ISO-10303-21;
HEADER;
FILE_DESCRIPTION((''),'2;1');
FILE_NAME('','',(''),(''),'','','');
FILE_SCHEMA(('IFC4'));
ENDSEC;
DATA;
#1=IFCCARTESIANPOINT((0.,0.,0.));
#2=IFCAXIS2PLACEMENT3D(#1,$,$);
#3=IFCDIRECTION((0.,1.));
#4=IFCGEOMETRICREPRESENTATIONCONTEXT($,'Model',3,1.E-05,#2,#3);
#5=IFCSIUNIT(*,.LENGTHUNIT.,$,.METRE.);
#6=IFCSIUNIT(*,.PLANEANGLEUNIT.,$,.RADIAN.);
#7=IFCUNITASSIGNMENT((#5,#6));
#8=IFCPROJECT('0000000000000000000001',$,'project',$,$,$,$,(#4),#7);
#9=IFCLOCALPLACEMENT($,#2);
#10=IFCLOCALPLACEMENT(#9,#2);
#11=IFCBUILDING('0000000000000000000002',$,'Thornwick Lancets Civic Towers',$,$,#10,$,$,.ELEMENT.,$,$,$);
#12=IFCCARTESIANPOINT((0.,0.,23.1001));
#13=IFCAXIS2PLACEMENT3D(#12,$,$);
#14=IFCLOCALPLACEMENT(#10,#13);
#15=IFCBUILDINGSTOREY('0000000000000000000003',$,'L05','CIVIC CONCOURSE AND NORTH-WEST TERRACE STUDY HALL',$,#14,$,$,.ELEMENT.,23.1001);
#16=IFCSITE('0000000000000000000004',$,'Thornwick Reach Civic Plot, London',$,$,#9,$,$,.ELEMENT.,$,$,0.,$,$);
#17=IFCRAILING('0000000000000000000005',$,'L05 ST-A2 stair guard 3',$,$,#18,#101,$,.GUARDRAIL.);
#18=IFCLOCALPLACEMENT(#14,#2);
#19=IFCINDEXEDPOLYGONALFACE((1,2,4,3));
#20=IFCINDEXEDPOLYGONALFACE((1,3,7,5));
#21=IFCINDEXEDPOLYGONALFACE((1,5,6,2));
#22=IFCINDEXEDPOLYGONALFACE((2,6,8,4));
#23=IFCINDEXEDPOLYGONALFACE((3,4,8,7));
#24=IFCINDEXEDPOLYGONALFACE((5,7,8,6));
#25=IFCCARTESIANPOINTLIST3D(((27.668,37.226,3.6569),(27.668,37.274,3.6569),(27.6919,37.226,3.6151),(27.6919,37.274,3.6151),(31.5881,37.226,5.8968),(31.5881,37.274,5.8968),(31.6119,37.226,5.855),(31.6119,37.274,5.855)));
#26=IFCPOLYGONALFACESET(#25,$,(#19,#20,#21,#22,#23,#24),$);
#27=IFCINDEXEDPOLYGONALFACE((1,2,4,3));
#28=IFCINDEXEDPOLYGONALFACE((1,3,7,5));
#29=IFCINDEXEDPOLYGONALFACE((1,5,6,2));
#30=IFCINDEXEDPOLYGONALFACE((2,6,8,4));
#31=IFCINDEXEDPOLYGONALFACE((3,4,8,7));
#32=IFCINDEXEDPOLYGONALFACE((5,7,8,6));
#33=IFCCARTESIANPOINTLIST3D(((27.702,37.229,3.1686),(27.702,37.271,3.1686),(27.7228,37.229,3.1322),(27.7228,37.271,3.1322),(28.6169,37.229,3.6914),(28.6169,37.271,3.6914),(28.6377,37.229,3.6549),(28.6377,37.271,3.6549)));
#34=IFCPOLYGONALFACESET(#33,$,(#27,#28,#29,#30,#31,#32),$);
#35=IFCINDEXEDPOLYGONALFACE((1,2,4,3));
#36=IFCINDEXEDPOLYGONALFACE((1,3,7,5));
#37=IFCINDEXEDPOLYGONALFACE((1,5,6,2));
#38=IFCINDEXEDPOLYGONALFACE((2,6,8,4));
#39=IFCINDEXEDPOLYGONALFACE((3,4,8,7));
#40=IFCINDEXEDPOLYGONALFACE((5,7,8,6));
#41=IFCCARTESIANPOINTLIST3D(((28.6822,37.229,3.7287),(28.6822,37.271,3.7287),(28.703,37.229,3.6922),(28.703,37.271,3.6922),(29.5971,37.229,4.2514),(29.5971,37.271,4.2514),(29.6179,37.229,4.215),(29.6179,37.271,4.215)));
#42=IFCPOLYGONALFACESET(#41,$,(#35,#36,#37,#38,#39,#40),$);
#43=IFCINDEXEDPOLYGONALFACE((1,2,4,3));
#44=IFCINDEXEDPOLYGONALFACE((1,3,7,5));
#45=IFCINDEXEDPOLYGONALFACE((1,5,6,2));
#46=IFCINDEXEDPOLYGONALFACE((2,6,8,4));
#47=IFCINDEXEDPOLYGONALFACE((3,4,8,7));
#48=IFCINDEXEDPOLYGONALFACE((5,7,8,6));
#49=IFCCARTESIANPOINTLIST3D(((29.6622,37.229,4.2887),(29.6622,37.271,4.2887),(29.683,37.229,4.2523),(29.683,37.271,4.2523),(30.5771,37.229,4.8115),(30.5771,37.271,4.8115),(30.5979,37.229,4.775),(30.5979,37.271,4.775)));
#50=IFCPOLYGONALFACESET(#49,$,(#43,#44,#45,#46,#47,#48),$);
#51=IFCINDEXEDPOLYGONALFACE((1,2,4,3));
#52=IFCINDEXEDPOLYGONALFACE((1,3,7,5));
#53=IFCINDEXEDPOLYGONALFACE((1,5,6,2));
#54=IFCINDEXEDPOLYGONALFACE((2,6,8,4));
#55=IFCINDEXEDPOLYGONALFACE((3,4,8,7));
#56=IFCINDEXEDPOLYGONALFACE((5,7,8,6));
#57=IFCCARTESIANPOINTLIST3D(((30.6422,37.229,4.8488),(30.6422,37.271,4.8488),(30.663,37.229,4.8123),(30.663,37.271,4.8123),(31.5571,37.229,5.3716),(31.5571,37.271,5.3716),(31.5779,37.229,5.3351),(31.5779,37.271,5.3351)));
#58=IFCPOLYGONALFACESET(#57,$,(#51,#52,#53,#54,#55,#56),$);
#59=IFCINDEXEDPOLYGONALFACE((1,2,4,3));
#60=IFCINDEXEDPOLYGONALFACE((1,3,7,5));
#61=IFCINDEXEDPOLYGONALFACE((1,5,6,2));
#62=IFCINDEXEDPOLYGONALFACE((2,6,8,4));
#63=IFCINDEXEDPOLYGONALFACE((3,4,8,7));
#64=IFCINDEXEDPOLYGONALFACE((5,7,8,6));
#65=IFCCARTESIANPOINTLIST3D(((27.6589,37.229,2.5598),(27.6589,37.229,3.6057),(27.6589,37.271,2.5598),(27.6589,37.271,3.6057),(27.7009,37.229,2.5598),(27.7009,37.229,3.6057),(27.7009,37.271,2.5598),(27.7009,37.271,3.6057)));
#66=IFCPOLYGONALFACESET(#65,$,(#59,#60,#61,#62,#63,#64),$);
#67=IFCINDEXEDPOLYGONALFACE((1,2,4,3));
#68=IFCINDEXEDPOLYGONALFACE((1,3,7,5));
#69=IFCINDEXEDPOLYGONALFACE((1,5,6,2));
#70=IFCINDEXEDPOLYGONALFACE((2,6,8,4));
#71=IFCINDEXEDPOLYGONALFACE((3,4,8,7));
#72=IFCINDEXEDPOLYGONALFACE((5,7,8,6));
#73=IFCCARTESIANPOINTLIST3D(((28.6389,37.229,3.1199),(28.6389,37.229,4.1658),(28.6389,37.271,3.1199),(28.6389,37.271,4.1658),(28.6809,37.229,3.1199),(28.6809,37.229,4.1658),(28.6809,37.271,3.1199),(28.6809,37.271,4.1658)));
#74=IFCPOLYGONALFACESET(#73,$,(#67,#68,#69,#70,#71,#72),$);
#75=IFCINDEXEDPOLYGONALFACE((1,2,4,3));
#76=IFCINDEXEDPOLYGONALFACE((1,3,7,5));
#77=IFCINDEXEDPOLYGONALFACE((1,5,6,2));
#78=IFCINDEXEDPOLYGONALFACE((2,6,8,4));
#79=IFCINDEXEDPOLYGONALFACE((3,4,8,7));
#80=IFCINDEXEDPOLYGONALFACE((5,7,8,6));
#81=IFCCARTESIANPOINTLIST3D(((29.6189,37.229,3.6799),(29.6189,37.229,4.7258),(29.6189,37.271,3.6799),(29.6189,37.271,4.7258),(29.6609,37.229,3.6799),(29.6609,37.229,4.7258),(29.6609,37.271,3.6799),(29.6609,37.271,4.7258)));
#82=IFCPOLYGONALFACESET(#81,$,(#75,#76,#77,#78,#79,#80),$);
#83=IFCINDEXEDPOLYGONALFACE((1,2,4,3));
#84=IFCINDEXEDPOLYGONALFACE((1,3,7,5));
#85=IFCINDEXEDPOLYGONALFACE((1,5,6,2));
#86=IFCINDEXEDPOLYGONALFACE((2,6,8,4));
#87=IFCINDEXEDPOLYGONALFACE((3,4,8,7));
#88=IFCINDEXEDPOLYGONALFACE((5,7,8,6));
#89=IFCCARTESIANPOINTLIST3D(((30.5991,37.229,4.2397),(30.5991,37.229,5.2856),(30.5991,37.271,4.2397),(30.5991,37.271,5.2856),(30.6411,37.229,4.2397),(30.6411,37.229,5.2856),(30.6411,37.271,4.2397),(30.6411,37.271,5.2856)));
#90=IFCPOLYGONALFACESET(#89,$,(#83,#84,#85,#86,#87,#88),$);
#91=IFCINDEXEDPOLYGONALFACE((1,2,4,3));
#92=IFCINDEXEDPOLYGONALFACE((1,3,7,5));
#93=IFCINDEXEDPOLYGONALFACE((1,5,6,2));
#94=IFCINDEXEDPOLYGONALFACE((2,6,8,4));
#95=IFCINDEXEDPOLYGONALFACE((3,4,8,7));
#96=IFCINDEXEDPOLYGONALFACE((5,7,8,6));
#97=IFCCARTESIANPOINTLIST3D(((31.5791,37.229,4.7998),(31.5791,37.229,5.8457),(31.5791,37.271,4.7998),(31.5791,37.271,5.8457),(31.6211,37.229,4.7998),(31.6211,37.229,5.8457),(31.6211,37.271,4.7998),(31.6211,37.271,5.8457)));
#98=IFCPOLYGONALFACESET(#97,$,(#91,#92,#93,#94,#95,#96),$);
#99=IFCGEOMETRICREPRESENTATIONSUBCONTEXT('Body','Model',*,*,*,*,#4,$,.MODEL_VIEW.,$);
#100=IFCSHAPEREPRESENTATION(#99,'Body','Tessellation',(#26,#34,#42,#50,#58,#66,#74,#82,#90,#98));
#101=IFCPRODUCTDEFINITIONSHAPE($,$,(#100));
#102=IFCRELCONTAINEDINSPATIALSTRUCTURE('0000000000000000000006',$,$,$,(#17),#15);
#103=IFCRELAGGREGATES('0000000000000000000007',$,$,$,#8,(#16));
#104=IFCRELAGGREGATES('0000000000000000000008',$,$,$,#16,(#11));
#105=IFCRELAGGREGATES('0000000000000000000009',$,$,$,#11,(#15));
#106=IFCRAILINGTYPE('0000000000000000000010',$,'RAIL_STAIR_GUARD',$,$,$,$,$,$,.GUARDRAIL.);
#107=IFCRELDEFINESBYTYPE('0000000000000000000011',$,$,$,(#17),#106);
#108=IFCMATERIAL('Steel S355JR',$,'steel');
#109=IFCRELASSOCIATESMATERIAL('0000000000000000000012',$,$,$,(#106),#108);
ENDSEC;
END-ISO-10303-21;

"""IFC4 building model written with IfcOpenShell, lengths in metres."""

from ifc_helpers import new_model, si_unit, direction, frame, origin, origin_2d, place, context, subcontext, project, spatial, rectangle, extrude, material, type_object, element, save


model = new_model("IFC4")

# Units and contexts
model_context = context("Model", 3, precision=1e-05, world=origin(), true_north=direction((0.0, 1.0)))
body_context = subcontext(model_context, "Body", "Model", "MODEL_VIEW")
ifc_project = project(units=[si_unit("LENGTHUNIT", "METRE"), si_unit("PLANEANGLEUNIT", "RADIAN")], contexts=[model_context])

# Site, building, storey
site_placement = place(None, origin())
site = spatial("IfcSite", under=ifc_project, at=site_placement, Name="Thornwick Reach Civic Plot, London", CompositionType="ELEMENT", RefElevation=0.0)
building_placement = place(site_placement, origin())
building = spatial("IfcBuilding", under=site, at=building_placement, Name="Thornwick Lancets Civic Towers", CompositionType="ELEMENT")
storey_placement = place(building_placement, frame((0.0, 0.0, 23.1001)))
storey = spatial("IfcBuildingStorey", under=building, at=storey_placement, Name="L05", Description="CIVIC CONCOURSE AND NORTH-WEST TERRACE STUDY HALL", CompositionType="ELEMENT", Elevation=23.1001)

# Railing
ifc_material_1 = material(Name="Steel S355JR", Category="steel")
railing_type_1 = type_object("IfcRailingType", Name="RAIL_STAIR_GUARD", PredefinedType="GUARDRAIL", material=ifc_material_1)
railing_1_placement = place(storey_placement, frame((27.6799, 37.25, 2.5598)))
element("IfcRailing", 1, at=railing_1_placement, inside=storey, type_object=railing_type_1, Name="L05 ST-A2 stair guard 3", PredefinedType="GUARDRAIL", context=body_context, shape_type="SweptSolid", body=[
    extrude(rectangle(XDim=0.0481, YDim=0.0481, at=origin_2d()), frame((0.0, 0.0, 1.0762), z_axis=(0.868253, 0.0, 0.496121), x_axis=(0.0, 1.0, 0.0)), (0.0, 0.0, 1.0), 4.5149),
    extrude(rectangle(XDim=0.042, YDim=0.042, at=origin_2d()), frame((0.0325, 0.0, 0.5906), z_axis=(0.868253, 0.0, 0.496121), x_axis=(0.0, 1.0, 0.0)), (0.0, 0.0, 1.0), 1.0537),
    extrude(rectangle(XDim=0.042, YDim=0.042, at=origin_2d()), frame((1.0127, 0.0, 1.1506), z_axis=(0.868253, 0.0, 0.496121), x_axis=(0.0, 1.0, 0.0)), (0.0, 0.0, 1.0), 1.0537),
    extrude(rectangle(XDim=0.042, YDim=0.042, at=origin_2d()), frame((1.9927, 0.0, 1.7107), z_axis=(0.868253, 0.0, 0.496121), x_axis=(0.0, 1.0, 0.0)), (0.0, 0.0, 1.0), 1.0537),
    extrude(rectangle(XDim=0.042, YDim=0.042, at=origin_2d()), frame((2.9727, 0.0, 2.2708), z_axis=(0.868253, 0.0, 0.496121), x_axis=(0.0, 1.0, 0.0)), (0.0, 0.0, 1.0), 1.0537),
    extrude(rectangle(XDim=0.042, YDim=0.042, at=origin_2d()), origin(), (0.0, 0.0, 1.0), 1.0459),
    extrude(rectangle(XDim=0.042, YDim=0.042, at=origin_2d()), frame((0.98, 0.0, 0.5601)), (0.0, 0.0, 1.0), 1.0459),
    extrude(rectangle(XDim=0.042, YDim=0.042, at=origin_2d()), frame((1.96, 0.0, 1.1201)), (0.0, 0.0, 1.0), 1.0459),
    extrude(rectangle(XDim=0.042, YDim=0.042, at=origin_2d()), frame((2.9402, 0.0, 1.6799)), (0.0, 0.0, 1.0), 1.0459),
    extrude(rectangle(XDim=0.042, YDim=0.042, at=origin_2d()), frame((3.9202, 0.0, 2.24)), (0.0, 0.0, 1.0), 1.0459),
])

save(model, "model.ifc")
